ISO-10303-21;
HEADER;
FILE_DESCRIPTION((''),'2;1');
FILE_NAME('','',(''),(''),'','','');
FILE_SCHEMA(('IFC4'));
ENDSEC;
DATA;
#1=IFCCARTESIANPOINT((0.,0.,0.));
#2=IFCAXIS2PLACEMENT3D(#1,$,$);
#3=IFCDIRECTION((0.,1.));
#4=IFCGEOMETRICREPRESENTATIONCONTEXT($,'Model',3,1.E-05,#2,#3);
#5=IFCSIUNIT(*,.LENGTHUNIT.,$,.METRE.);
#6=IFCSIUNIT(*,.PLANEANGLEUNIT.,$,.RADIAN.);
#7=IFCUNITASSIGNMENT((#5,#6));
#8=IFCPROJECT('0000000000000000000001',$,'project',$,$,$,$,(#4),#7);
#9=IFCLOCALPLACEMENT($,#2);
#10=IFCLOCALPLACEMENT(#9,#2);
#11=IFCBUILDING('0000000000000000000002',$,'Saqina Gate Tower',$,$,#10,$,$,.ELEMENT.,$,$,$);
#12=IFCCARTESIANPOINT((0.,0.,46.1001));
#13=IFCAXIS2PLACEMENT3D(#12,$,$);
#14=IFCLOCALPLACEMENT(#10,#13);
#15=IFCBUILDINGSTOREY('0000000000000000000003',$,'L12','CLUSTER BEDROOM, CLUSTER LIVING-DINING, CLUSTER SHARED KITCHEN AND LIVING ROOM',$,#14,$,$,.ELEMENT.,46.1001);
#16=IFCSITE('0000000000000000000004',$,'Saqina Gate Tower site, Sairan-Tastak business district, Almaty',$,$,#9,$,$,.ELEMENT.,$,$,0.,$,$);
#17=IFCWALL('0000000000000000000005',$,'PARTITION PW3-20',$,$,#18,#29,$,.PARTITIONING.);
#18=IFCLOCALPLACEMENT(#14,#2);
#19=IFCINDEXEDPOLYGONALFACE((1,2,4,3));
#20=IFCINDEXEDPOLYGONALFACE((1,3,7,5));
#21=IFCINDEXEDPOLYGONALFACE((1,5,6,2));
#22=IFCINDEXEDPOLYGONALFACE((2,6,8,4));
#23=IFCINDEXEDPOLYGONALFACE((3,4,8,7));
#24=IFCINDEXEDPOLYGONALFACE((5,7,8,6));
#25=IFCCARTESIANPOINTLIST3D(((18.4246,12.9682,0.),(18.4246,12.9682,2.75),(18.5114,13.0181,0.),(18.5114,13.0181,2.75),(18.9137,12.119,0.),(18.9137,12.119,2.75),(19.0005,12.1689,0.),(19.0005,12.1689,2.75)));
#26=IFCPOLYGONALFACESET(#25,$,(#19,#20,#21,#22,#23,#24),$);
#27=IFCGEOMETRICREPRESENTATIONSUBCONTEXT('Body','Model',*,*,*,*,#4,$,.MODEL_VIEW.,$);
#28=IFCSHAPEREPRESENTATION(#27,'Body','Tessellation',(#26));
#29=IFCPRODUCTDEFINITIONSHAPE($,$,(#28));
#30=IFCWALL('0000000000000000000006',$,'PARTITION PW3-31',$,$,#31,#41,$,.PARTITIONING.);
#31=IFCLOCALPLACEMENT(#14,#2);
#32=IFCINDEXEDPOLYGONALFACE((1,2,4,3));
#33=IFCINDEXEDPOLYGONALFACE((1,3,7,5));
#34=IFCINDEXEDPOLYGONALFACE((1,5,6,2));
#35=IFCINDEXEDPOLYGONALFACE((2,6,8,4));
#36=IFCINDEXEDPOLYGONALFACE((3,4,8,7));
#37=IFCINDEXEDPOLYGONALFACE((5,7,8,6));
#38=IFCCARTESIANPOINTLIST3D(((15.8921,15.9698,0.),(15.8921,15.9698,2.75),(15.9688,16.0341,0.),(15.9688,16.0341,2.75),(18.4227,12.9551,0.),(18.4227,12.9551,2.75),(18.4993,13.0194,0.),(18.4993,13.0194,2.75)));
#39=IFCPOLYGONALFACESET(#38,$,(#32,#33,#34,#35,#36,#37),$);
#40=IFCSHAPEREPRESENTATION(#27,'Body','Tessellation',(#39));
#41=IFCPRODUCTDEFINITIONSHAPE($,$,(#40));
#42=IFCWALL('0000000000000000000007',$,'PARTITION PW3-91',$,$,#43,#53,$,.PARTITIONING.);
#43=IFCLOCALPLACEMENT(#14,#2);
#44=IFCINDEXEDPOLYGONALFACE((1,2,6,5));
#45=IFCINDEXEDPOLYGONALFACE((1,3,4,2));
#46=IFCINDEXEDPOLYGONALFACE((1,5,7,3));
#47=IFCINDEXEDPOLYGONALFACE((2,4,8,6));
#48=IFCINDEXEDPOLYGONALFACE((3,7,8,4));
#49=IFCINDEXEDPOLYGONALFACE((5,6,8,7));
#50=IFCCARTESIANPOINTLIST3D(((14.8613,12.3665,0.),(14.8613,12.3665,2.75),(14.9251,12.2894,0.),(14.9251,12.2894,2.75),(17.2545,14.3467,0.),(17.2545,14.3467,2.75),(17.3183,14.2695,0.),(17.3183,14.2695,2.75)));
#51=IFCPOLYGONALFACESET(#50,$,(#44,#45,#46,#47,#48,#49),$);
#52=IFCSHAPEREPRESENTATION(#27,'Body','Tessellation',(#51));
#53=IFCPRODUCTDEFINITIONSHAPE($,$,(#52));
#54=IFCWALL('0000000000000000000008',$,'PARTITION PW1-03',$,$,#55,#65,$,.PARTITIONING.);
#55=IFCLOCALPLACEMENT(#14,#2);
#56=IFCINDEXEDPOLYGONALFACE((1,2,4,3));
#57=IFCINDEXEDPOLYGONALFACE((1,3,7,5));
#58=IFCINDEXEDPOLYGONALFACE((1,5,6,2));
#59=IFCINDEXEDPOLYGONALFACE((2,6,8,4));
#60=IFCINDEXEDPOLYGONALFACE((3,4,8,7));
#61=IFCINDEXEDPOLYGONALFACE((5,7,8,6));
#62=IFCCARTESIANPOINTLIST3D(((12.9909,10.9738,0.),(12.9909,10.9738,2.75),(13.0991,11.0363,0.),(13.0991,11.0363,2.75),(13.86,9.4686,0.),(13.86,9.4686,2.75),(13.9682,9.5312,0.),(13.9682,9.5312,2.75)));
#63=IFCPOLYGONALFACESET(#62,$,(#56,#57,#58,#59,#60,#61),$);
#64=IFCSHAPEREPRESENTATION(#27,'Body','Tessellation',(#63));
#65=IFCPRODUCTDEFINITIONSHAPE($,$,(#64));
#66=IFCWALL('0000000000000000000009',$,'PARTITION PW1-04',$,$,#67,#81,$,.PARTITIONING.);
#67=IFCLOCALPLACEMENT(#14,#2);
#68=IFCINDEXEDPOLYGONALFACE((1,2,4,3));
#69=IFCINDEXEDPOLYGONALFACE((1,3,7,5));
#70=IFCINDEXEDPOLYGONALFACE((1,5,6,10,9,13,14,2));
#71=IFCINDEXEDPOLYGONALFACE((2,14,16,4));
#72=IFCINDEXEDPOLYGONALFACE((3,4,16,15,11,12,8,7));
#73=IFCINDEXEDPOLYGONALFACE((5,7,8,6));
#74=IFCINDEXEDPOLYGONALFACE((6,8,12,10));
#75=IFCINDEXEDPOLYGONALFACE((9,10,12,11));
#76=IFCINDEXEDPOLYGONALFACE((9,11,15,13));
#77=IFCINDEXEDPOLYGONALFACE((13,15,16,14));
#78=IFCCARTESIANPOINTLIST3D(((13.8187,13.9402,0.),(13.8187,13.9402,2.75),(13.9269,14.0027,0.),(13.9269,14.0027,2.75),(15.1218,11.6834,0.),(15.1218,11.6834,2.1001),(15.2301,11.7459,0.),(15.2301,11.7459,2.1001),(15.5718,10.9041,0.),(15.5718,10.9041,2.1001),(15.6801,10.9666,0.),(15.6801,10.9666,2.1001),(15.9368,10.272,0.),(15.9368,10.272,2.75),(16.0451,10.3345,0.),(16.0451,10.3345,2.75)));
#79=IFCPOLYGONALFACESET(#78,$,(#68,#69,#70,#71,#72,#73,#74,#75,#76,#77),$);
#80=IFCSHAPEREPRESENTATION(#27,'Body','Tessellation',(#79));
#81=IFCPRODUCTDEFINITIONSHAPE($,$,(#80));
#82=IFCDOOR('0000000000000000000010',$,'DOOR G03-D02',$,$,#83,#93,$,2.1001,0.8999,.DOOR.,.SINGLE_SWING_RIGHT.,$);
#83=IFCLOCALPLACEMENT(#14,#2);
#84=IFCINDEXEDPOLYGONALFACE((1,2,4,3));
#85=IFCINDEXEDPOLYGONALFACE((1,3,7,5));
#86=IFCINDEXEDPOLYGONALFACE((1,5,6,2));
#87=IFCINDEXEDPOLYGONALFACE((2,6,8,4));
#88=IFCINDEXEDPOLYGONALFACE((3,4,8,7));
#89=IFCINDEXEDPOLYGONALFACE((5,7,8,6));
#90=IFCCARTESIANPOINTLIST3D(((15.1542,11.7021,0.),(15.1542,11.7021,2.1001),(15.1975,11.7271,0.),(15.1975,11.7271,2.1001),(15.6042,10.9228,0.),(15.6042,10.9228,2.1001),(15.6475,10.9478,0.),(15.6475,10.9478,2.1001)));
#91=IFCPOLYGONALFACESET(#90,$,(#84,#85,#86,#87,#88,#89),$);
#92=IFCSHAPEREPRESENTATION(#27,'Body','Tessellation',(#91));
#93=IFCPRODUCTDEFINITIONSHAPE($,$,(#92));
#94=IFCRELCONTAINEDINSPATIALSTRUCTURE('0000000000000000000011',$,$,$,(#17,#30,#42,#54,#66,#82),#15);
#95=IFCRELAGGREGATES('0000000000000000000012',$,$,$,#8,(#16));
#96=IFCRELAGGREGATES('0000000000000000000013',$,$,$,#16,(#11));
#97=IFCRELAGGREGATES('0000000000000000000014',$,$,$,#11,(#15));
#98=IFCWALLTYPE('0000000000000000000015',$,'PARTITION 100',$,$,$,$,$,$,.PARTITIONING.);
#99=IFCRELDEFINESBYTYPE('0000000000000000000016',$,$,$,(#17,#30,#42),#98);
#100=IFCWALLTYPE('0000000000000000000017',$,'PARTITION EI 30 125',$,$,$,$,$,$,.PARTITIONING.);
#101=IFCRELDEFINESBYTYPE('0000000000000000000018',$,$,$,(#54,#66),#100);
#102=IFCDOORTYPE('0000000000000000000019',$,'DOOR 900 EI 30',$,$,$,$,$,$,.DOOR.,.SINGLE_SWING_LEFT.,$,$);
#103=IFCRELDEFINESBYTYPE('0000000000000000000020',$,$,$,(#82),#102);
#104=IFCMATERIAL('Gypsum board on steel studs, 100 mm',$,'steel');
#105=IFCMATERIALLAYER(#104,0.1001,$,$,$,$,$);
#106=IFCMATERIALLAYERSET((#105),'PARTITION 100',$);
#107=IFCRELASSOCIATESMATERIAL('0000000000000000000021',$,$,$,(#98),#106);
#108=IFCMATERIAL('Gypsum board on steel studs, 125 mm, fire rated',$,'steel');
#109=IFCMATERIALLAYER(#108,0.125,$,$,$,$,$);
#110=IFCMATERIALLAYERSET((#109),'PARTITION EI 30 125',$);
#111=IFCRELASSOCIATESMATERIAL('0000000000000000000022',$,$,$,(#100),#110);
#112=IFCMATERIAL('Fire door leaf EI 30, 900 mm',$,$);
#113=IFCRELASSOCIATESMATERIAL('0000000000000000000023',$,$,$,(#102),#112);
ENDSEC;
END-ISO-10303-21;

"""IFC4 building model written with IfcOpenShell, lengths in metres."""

from ifc_helpers import new_model, si_unit, direction, frame, frame_2d, origin, place, context, subcontext, project, spatial, rectangle, extrude, material, layer, layer_set, type_object, element, fill, save


model = new_model("IFC4")

# Units and contexts
model_context = context("Model", 3, precision=1e-05, world=origin(), true_north=direction((0.0, 1.0)))
body_context = subcontext(model_context, "Body", "Model", "MODEL_VIEW")
ifc_project = project(units=[si_unit("LENGTHUNIT", "METRE"), si_unit("PLANEANGLEUNIT", "RADIAN")], contexts=[model_context])

# Site, building, storey
site_placement = place(None, origin())
site = spatial("IfcSite", under=ifc_project, at=site_placement, Name="Saqina Gate Tower site, Sairan-Tastak business district, Almaty", CompositionType="ELEMENT", RefElevation=0.0)
building_placement = place(site_placement, origin())
building = spatial("IfcBuilding", under=site, at=building_placement, Name="Saqina Gate Tower", CompositionType="ELEMENT")
storey_placement = place(building_placement, frame((0.0, 0.0, 46.1001)))
storey = spatial("IfcBuildingStorey", under=building, at=storey_placement, Name="L12", Description="CLUSTER BEDROOM, CLUSTER LIVING-DINING, CLUSTER SHARED KITCHEN AND LIVING ROOM", CompositionType="ELEMENT", Elevation=46.1001)

# Walls
ifc_material_1 = material(Name="Gypsum board on steel studs, 100 mm", Category="steel")
ifc_layer_1 = layer(ifc_material_1, 0.1001)
ifc_layer_set_1 = layer_set([ifc_layer_1], Name="PARTITION 100")
wall_type_1 = type_object("IfcWallType", Name="PARTITION 100", PredefinedType="PARTITIONING", material=ifc_layer_set_1)
wall_1_placement = place(storey_placement, frame((18.468, 12.9932, 0.0), z_axis=(0.0, 0.0, 1.0), x_axis=(0.499061, -0.866567, 0.0)))
element("IfcWall", 1, at=wall_1_placement, inside=storey, type_object=wall_type_1, Name="PARTITION PW3-20", PredefinedType="PARTITIONING", context=body_context, shape_type="SweptSolid", body=[
    extrude(rectangle(XDim=0.98, YDim=0.1001, at=frame_2d((0.49, 0.0))), origin(), (0.0, 0.0, 1.0), 2.75),
])
wall_2_placement = place(storey_placement, frame((15.9304, 16.002, 0.0), z_axis=(0.0, 0.0, 1.0), x_axis=(0.642926, -0.765928, 0.0)))
element("IfcWall", 2, at=wall_2_placement, inside=storey, type_object=wall_type_1, Name="PARTITION PW3-31", PredefinedType="PARTITIONING", context=body_context, shape_type="SweptSolid", body=[
    extrude(rectangle(XDim=3.936, YDim=0.1001, at=frame_2d((1.968, 0.0))), origin(), (0.0, 0.0, 1.0), 2.75),
])
wall_3_placement = place(storey_placement, frame((14.8931, 12.3279, 0.0), z_axis=(0.0, 0.0, 1.0), x_axis=(0.770465, 0.637482, 0.0)))
element("IfcWall", 3, at=wall_3_placement, inside=storey, type_object=wall_type_1, Name="PARTITION PW3-91", PredefinedType="PARTITIONING", context=body_context, shape_type="SweptSolid", body=[
    extrude(rectangle(XDim=3.1062, YDim=0.1001, at=frame_2d((1.5532, 0.0))), origin(), (0.0, 0.0, 1.0), 2.75),
])
ifc_material_2 = material(Name="Gypsum board on steel studs, 125 mm, fire rated", Category="steel")
ifc_layer_2 = layer(ifc_material_2, 0.125)
ifc_layer_set_2 = layer_set([ifc_layer_2], Name="PARTITION EI 30 125")
wall_type_2 = type_object("IfcWallType", Name="PARTITION EI 30 125", PredefinedType="PARTITIONING", material=ifc_layer_set_2)
wall_4_placement = place(storey_placement, frame((13.0449, 11.0051, 0.0), z_axis=(0.0, 0.0, 1.0), x_axis=(0.500067, -0.865987, 0.0)))
element("IfcWall", 4, at=wall_4_placement, inside=storey, type_object=wall_type_2, Name="PARTITION PW1-03", PredefinedType="PARTITIONING", context=body_context, shape_type="SweptSolid", body=[
    extrude(rectangle(XDim=1.738, YDim=0.125, at=frame_2d((0.8691, 0.0))), origin(), (0.0, 0.0, 1.0), 2.75),
])

# Wall, opening, door
wall_5_placement = place(storey_placement, frame((13.8728, 13.9714, 0.0), z_axis=(0.0, 0.0, 1.0), x_axis=(0.500057, -0.865993, 0.0)))
wall_5 = element("IfcWall", 5, at=wall_5_placement, inside=storey, type_object=wall_type_2, Name="PARTITION PW1-04", PredefinedType="PARTITIONING", context=body_context, shape_type="SweptSolid", body=[
    extrude(rectangle(XDim=4.2358, YDim=0.125, at=frame_2d((2.1179, 0.0))), origin(), (0.0, 0.0, 1.0), 2.75),
])
opening_1_placement = place(wall_5_placement, frame((2.606, 0.0, 0.0)))
opening_1 = element("IfcOpeningElement", 6, at=opening_1_placement, cuts=wall_5, PredefinedType="OPENING", context=body_context, shape_type="SweptSolid", body=[
    extrude(rectangle(XDim=0.8999, YDim=2.1001, at=frame_2d((0.45, 1.05))), frame((0.0, 0.0745, 0.0), z_axis=(0.0, -1.0, 0.0), x_axis=(1.0, 0.0, 0.0)), (0.0, 0.0, 1.0), 0.1489),
])
ifc_material_3 = material(Name="Fire door leaf EI 30, 900 mm")
door_type = type_object("IfcDoorType", Name="DOOR 900 EI 30", OperationType="SINGLE_SWING_LEFT", PredefinedType="DOOR", material=ifc_material_3)
door_placement = place(opening_1_placement, origin())
door = element("IfcDoor", 7, at=door_placement, inside=storey, type_object=door_type, Name="DOOR G03-D02", OperationType="SINGLE_SWING_RIGHT", OverallHeight=2.1001, OverallWidth=0.8999, PredefinedType="DOOR", context=body_context, shape_type="SweptSolid", body=[
    extrude(rectangle(XDim=0.8999, YDim=2.1001, at=frame_2d((0.45, 1.05))), frame((0.0, 0.0249, 0.0), z_axis=(0.0, -1.0, 0.0), x_axis=(1.0, 0.0, 0.0)), (0.0, 0.0, 1.0), 0.05),
])
fill(opening_1, door)

save(model, "model.ifc")
